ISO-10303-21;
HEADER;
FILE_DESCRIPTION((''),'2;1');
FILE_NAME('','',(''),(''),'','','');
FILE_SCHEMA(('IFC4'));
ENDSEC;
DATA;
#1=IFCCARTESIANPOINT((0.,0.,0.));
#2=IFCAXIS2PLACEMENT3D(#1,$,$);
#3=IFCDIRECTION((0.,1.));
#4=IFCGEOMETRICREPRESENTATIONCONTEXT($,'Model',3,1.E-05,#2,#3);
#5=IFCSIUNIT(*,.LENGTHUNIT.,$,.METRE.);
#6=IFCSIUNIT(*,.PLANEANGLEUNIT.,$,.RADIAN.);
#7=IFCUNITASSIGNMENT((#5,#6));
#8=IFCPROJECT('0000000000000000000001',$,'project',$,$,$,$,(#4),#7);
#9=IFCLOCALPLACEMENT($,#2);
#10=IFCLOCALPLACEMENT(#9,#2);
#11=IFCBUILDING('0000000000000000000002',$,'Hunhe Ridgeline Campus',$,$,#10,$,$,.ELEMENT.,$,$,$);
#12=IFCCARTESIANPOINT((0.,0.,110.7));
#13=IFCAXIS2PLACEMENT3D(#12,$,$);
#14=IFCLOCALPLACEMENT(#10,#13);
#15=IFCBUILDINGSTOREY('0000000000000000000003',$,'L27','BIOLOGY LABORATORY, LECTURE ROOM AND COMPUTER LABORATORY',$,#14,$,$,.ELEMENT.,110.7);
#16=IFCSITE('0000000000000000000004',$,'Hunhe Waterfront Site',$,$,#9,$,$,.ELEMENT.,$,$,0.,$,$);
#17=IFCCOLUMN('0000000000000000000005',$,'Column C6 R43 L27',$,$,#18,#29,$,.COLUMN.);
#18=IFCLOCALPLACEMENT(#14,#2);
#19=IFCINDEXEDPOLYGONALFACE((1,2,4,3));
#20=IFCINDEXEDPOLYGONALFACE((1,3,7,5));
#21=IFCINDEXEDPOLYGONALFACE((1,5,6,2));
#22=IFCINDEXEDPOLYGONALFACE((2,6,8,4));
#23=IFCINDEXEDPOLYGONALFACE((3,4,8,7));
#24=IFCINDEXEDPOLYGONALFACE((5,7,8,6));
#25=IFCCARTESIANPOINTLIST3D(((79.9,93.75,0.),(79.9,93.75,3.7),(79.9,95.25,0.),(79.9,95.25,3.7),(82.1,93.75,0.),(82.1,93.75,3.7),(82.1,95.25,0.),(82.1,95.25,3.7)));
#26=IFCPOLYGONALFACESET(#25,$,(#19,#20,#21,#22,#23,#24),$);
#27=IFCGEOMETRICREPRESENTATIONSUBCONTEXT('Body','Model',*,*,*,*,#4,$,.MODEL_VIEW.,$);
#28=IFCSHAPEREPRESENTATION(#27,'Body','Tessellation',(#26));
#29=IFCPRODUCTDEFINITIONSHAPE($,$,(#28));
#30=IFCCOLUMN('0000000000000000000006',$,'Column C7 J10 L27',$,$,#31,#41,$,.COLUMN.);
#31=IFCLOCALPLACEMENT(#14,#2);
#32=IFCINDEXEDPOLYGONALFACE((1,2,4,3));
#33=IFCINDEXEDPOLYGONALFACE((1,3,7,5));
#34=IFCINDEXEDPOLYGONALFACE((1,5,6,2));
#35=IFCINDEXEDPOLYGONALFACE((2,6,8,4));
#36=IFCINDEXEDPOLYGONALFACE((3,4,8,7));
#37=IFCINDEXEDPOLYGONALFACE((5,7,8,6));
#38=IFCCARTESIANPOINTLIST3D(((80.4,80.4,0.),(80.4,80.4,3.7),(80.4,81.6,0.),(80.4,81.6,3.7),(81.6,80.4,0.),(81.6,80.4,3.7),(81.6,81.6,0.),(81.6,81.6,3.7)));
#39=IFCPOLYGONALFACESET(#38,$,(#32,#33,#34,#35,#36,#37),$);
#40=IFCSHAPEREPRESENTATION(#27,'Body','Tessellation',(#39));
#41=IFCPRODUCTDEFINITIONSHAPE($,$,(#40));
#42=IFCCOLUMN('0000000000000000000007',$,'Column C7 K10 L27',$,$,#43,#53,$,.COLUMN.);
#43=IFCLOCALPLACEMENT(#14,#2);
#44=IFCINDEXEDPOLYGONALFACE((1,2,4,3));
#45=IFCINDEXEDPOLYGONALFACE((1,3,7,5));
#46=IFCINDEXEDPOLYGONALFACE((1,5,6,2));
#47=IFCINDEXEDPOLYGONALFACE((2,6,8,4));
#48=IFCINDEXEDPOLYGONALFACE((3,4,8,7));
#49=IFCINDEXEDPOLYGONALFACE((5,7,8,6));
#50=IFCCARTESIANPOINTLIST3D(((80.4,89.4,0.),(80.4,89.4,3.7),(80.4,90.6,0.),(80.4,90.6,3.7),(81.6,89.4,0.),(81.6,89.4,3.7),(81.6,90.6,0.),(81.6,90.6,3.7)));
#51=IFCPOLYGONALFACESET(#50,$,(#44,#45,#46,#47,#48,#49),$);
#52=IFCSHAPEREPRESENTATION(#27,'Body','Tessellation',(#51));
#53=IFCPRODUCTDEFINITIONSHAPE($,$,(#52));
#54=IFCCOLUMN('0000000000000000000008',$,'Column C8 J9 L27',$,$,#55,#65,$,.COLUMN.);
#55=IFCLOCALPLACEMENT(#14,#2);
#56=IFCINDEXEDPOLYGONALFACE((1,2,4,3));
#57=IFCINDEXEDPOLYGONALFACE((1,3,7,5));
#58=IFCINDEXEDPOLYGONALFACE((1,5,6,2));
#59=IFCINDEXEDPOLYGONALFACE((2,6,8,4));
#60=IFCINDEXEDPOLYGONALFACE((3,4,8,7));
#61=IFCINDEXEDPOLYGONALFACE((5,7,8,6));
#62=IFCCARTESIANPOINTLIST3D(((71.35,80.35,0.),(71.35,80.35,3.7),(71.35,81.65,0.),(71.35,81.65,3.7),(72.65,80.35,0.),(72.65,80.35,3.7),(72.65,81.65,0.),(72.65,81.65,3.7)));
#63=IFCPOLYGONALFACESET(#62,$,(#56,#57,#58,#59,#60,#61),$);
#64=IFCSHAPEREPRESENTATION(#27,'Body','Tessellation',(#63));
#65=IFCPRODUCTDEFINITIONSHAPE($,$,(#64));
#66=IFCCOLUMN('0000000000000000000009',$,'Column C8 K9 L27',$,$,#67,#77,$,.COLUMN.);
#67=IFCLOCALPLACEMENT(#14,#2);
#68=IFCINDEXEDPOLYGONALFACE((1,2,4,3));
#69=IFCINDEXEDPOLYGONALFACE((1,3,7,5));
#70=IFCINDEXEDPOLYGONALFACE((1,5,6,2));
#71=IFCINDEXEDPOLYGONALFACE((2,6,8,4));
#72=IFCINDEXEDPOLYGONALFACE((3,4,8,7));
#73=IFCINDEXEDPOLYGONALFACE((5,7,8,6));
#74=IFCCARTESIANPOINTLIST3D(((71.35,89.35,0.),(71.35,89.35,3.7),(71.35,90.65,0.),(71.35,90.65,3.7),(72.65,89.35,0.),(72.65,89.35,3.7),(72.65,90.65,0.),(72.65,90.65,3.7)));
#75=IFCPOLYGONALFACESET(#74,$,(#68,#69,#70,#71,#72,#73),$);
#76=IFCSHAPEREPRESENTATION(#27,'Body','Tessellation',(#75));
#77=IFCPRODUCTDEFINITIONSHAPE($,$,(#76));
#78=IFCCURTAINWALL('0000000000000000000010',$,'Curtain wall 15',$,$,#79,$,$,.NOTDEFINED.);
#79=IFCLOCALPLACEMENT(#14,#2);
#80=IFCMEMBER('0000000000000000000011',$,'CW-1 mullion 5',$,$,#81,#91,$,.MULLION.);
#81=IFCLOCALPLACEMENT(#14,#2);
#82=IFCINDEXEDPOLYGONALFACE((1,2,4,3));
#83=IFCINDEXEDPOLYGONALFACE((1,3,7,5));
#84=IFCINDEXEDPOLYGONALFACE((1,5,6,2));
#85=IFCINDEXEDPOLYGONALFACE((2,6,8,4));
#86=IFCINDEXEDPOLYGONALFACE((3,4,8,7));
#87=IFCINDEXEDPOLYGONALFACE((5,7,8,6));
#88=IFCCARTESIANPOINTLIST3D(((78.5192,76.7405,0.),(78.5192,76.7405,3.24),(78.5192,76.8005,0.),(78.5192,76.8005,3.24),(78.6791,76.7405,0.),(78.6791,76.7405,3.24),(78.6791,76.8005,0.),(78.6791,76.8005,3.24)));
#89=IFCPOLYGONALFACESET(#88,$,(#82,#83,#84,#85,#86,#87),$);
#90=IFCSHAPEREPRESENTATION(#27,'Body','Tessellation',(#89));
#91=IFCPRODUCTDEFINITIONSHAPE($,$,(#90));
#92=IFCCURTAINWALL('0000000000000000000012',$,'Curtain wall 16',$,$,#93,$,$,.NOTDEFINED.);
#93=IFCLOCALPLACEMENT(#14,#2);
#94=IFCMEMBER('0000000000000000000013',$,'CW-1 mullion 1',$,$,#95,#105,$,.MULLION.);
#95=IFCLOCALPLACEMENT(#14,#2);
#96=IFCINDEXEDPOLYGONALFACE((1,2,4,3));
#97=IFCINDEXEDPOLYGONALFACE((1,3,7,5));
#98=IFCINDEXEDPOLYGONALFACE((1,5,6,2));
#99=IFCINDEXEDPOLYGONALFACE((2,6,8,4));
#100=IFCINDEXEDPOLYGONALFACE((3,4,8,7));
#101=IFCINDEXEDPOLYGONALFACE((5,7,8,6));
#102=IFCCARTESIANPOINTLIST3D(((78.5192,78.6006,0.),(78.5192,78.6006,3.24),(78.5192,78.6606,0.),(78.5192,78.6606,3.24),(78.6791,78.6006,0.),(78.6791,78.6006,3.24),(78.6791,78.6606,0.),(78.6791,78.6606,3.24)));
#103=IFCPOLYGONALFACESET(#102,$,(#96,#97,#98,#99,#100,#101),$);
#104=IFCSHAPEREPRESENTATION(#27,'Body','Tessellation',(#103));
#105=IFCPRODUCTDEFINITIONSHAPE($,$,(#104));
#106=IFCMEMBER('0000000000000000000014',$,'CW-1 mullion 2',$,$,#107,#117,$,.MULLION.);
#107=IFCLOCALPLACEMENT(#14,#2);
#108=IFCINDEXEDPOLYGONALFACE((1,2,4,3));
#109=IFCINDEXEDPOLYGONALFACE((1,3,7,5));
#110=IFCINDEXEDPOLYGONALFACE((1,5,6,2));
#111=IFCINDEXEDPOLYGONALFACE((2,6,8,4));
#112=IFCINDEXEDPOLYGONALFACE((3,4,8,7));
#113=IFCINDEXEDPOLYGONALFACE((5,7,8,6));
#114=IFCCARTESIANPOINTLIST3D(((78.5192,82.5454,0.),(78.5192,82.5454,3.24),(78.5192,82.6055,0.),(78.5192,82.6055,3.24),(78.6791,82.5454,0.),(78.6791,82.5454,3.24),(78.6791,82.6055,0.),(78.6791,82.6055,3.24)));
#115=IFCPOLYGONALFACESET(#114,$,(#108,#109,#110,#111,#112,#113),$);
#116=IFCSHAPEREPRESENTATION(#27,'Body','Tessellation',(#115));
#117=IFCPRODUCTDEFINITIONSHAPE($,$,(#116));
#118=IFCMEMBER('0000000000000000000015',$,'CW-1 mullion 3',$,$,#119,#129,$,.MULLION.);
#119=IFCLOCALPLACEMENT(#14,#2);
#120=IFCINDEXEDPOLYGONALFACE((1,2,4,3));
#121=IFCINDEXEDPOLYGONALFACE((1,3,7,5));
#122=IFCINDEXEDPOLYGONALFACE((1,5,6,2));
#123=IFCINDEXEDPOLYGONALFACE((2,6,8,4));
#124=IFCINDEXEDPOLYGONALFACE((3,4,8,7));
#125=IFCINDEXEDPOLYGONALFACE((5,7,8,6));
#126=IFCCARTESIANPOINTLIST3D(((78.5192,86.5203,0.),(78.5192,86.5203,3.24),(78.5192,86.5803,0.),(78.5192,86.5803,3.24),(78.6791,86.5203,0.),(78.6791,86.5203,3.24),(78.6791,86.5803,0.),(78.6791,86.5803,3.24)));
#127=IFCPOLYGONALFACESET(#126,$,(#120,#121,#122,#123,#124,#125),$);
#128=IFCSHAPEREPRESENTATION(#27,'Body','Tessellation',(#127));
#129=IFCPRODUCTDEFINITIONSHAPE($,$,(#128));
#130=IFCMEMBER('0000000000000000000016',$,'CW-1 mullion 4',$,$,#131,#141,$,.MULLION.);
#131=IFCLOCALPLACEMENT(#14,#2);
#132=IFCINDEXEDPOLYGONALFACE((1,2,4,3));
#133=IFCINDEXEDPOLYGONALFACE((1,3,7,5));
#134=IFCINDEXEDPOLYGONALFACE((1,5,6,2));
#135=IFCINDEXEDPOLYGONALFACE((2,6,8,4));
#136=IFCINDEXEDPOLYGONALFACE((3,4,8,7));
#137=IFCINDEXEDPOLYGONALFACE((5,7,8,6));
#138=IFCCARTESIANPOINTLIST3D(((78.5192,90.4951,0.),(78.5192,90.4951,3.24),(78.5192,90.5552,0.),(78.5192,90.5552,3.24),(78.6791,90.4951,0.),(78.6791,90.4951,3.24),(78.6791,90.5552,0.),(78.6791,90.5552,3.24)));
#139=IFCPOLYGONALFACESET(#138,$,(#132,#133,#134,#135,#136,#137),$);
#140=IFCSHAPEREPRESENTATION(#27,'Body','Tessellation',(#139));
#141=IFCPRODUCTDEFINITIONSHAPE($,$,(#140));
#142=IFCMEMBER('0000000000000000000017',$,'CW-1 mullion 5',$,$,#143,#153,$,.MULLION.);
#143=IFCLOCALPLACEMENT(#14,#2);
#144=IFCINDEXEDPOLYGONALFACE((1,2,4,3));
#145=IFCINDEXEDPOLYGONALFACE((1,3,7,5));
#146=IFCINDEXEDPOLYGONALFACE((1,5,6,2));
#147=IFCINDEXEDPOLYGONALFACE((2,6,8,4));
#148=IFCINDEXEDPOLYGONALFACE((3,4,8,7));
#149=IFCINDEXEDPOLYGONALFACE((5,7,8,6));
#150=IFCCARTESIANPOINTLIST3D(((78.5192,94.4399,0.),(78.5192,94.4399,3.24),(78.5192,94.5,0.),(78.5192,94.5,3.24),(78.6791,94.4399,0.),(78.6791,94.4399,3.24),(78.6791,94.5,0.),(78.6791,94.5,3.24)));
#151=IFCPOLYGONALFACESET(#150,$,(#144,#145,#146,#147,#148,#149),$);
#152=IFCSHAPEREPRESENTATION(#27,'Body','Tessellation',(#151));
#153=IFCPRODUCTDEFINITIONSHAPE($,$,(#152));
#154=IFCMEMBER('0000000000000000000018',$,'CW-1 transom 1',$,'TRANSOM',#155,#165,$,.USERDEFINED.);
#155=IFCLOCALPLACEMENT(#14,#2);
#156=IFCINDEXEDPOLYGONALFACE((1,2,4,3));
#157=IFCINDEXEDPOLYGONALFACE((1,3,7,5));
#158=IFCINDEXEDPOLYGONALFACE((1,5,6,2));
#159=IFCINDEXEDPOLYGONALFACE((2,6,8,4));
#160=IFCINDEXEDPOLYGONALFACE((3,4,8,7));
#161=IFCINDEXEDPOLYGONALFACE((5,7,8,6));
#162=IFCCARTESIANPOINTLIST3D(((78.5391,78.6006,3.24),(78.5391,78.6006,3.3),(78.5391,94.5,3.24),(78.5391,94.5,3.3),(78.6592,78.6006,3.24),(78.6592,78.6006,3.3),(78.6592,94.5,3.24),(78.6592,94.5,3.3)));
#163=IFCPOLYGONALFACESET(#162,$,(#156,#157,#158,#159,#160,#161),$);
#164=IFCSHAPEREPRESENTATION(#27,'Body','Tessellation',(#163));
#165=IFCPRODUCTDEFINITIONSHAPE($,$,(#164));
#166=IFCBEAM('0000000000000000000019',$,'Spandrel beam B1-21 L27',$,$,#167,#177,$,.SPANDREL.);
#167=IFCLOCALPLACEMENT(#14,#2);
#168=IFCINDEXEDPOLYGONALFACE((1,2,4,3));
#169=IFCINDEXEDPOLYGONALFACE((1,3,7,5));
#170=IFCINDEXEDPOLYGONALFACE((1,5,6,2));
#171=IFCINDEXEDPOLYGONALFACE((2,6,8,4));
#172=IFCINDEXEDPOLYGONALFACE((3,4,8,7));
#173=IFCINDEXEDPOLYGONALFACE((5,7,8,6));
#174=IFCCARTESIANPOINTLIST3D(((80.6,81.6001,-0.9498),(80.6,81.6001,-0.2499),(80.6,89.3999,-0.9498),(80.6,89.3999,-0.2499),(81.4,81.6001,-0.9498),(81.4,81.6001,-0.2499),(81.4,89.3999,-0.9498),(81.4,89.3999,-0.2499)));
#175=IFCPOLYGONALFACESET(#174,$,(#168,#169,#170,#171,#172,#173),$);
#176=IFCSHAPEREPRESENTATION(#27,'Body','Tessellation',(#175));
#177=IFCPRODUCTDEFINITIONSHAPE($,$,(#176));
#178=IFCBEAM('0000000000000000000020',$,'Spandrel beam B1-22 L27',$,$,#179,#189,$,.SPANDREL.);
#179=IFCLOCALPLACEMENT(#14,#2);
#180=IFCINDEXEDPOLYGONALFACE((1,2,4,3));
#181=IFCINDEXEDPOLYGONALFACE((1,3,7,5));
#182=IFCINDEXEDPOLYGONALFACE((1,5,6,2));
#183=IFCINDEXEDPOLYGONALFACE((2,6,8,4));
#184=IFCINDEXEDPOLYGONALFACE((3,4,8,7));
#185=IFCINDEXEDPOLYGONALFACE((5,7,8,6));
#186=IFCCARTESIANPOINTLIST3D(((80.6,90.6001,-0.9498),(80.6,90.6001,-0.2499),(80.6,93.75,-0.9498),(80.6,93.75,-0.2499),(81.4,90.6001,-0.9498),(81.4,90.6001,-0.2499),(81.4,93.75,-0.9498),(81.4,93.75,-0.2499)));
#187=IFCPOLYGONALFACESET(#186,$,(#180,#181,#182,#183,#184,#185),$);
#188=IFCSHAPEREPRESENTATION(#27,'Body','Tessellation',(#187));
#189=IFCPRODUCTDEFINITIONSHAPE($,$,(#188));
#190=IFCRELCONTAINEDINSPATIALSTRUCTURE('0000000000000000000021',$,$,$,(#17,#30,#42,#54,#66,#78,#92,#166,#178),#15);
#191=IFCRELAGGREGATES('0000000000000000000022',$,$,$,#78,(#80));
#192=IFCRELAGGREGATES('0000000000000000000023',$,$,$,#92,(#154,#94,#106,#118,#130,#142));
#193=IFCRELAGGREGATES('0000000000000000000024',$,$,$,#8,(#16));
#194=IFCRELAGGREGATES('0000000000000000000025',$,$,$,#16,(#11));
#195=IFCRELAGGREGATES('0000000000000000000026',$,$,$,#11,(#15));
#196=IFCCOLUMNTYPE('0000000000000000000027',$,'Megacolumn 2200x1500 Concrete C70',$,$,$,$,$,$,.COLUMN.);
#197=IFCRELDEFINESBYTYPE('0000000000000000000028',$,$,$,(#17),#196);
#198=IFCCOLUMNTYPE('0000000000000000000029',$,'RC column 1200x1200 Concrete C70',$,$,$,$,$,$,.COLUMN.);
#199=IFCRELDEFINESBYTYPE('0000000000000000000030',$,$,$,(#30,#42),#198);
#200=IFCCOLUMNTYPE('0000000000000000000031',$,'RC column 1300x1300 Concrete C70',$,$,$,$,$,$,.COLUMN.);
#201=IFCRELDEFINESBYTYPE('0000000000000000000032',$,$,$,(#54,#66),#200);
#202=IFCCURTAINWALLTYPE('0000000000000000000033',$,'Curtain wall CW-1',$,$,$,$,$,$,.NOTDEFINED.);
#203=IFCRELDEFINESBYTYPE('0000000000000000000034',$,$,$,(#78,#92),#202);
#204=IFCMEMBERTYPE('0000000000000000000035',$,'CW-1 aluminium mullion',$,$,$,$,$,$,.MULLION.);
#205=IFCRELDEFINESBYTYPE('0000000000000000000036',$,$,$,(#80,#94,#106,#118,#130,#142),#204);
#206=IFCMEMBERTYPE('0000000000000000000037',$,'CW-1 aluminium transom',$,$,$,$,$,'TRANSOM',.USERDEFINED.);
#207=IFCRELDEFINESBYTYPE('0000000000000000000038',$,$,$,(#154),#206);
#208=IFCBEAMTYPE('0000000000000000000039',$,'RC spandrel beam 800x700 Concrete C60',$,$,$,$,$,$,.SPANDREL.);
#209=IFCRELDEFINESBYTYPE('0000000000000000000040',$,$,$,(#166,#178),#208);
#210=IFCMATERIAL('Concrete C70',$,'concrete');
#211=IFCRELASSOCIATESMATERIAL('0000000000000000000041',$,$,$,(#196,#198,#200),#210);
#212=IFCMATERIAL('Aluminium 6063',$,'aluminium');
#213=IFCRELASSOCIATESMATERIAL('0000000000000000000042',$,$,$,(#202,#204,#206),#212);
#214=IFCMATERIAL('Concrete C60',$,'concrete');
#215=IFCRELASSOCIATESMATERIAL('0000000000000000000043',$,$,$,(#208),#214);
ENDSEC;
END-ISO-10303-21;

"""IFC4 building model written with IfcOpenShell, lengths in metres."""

from ifc_helpers import new_model, si_unit, direction, frame, origin, origin_2d, place, context, subcontext, project, spatial, rectangle, extrude, material, material_profile, profile_set, type_object, element, aggregate, save


model = new_model("IFC4")

# Units and contexts
model_context = context("Model", 3, precision=1e-05, world=origin(), true_north=direction((0.0, 1.0)))
body_context = subcontext(model_context, "Body", "Model", "MODEL_VIEW")
ifc_project = project(units=[si_unit("LENGTHUNIT", "METRE"), si_unit("PLANEANGLEUNIT", "RADIAN")], contexts=[model_context])

# Site, building, storey
site_placement = place(None, origin())
site = spatial("IfcSite", under=ifc_project, at=site_placement, Name="Hunhe Waterfront Site", CompositionType="ELEMENT", RefElevation=0.0)
building_placement = place(site_placement, origin())
building = spatial("IfcBuilding", under=site, at=building_placement, Name="Hunhe Ridgeline Campus", CompositionType="ELEMENT")
storey_placement = place(building_placement, frame((0.0, 0.0, 110.7)))
storey = spatial("IfcBuildingStorey", under=building, at=storey_placement, Name="L27", Description="BIOLOGY LABORATORY, LECTURE ROOM AND COMPUTER LABORATORY", CompositionType="ELEMENT", Elevation=110.7)

# Columns
ifc_material_1 = material(Name="Concrete C70", Category="concrete")
ifc_material_profile_1 = material_profile(ifc_material_1, rectangle(XDim=2.2, YDim=1.5, at=origin_2d()))
ifc_profile_set_1 = profile_set([ifc_material_profile_1], Name="Concrete C70")
column_type_1 = type_object("IfcColumnType", Name="Megacolumn 2200x1500 Concrete C70", PredefinedType="COLUMN", material=ifc_profile_set_1)
column_placement = place(storey_placement, frame((81.0, 94.5, 0.0), z_axis=(0.0, 0.0, 1.0), x_axis=(1.0, 0.0, 0.0)))
element("IfcColumn", 1, at=column_placement, inside=storey, type_object=column_type_1, Name="Column C6 R43 L27", PredefinedType="COLUMN", context=body_context, shape_type="SweptSolid", body=[
    extrude(rectangle(XDim=2.2, YDim=1.5, at=origin_2d()), origin(), (0.0, 0.0, 1.0), 3.7),
])
ifc_material_profile_2 = material_profile(ifc_material_1, rectangle(XDim=1.2, YDim=1.2, at=origin_2d()))
ifc_profile_set_2 = profile_set([ifc_material_profile_2], Name="Concrete C70")
column_type_2 = type_object("IfcColumnType", Name="RC column 1200x1200 Concrete C70", PredefinedType="COLUMN", material=ifc_profile_set_2)
for number, where, z_axis, x_axis, name in (
    (2, (81.0, 81.0, 0.0), (0.0, 0.0, 1.0), (1.0, 0.0, 0.0), "Column C7 J10 L27"),
    (3, (81.0, 90.0, 0.0), (0.0, 0.0, 1.0), (1.0, 0.0, 0.0), "Column C7 K10 L27"),
):
    element("IfcColumn", number, at=place(storey_placement, frame(where, z_axis=z_axis, x_axis=x_axis)), inside=storey, type_object=column_type_2, Name=name, PredefinedType="COLUMN", context=body_context, shape_type="SweptSolid", body=[
        extrude(rectangle(XDim=1.2, YDim=1.2, at=origin_2d()), origin(), (0.0, 0.0, 1.0), 3.7),
    ])
ifc_material_profile_3 = material_profile(ifc_material_1, rectangle(XDim=1.3, YDim=1.3, at=origin_2d()))
ifc_profile_set_3 = profile_set([ifc_material_profile_3], Name="Concrete C70")
column_type_3 = type_object("IfcColumnType", Name="RC column 1300x1300 Concrete C70", PredefinedType="COLUMN", material=ifc_profile_set_3)
for number, where, z_axis, x_axis, name in (
    (4, (72.0, 81.0, 0.0), (0.0, 0.0, 1.0), (1.0, 0.0, 0.0), "Column C8 J9 L27"),
    (5, (72.0, 90.0, 0.0), (0.0, 0.0, 1.0), (1.0, 0.0, 0.0), "Column C8 K9 L27"),
):
    element("IfcColumn", number, at=place(storey_placement, frame(where, z_axis=z_axis, x_axis=x_axis)), inside=storey, type_object=column_type_3, Name=name, PredefinedType="COLUMN", context=body_context, shape_type="SweptSolid", body=[
        extrude(rectangle(XDim=1.3, YDim=1.3, at=origin_2d()), origin(), (0.0, 0.0, 1.0), 3.7),
    ])

# Curtain wall, member
ifc_material_2 = material(Name="Aluminium 6063", Category="aluminium")
curtain_wall_type = type_object("IfcCurtainWallType", Name="Curtain wall CW-1", PredefinedType="NOTDEFINED", material=ifc_material_2)
curtain_wall_1_placement = place(storey_placement, origin())
curtain_wall_1 = element("IfcCurtainWall", 6, at=curtain_wall_1_placement, inside=storey, type_object=curtain_wall_type, Name="Curtain wall 15", PredefinedType="NOTDEFINED")
ifc_material_profile_4 = material_profile(ifc_material_2, rectangle(XDim=0.1599, YDim=0.0601, at=origin_2d()))
ifc_profile_set_4 = profile_set([ifc_material_profile_4], Name="Aluminium 6063")
member_type_1 = type_object("IfcMemberType", Name="CW-1 aluminium mullion", PredefinedType="MULLION", material=ifc_profile_set_4)
member_1_placement = place(storey_placement, frame((78.5991, 76.7705, 0.0), z_axis=(0.0, 0.0, 1.0), x_axis=(-1.0, 0.0, 0.0)))
member_1 = element("IfcMember", 7, at=member_1_placement, type_object=member_type_1, Name="CW-1 mullion 5", PredefinedType="MULLION", context=body_context, shape_type="SweptSolid", body=[
    extrude(rectangle(XDim=0.1599, YDim=0.0601, at=origin_2d()), origin(), (0.0, 0.0, 1.0), 3.24),
])

# Curtain wall, members
curtain_wall_2_placement = place(storey_placement, origin())
curtain_wall_2 = element("IfcCurtainWall", 8, at=curtain_wall_2_placement, inside=storey, type_object=curtain_wall_type, Name="Curtain wall 16", PredefinedType="NOTDEFINED")
member_2_placement = place(storey_placement, frame((78.5991, 78.6306, 0.0), z_axis=(0.0, 0.0, 1.0), x_axis=(-1.0, 0.0, 0.0)))
member_2 = element("IfcMember", 9, at=member_2_placement, type_object=member_type_1, Name="CW-1 mullion 1", PredefinedType="MULLION", context=body_context, shape_type="SweptSolid", body=[
    extrude(rectangle(XDim=0.1599, YDim=0.0601, at=origin_2d()), origin(), (0.0, 0.0, 1.0), 3.24),
])
member_3_placement = place(storey_placement, frame((78.5991, 82.5754, 0.0), z_axis=(0.0, 0.0, 1.0), x_axis=(-1.0, 0.0, 0.0)))
member_3 = element("IfcMember", 10, at=member_3_placement, type_object=member_type_1, Name="CW-1 mullion 2", PredefinedType="MULLION", context=body_context, shape_type="SweptSolid", body=[
    extrude(rectangle(XDim=0.1599, YDim=0.0601, at=origin_2d()), origin(), (0.0, 0.0, 1.0), 3.24),
])
member_4_placement = place(storey_placement, frame((78.5991, 86.5503, 0.0), z_axis=(0.0, 0.0, 1.0), x_axis=(-1.0, 0.0, 0.0)))
member_4 = element("IfcMember", 11, at=member_4_placement, type_object=member_type_1, Name="CW-1 mullion 3", PredefinedType="MULLION", context=body_context, shape_type="SweptSolid", body=[
    extrude(rectangle(XDim=0.1599, YDim=0.0601, at=origin_2d()), origin(), (0.0, 0.0, 1.0), 3.24),
])
member_5_placement = place(storey_placement, frame((78.5991, 90.5251, 0.0), z_axis=(0.0, 0.0, 1.0), x_axis=(-1.0, 0.0, 0.0)))
member_5 = element("IfcMember", 12, at=member_5_placement, type_object=member_type_1, Name="CW-1 mullion 4", PredefinedType="MULLION", context=body_context, shape_type="SweptSolid", body=[
    extrude(rectangle(XDim=0.1599, YDim=0.0601, at=origin_2d()), origin(), (0.0, 0.0, 1.0), 3.24),
])
member_6_placement = place(storey_placement, frame((78.5991, 94.47, 0.0), z_axis=(0.0, 0.0, 1.0), x_axis=(-1.0, 0.0, 0.0)))
member_6 = element("IfcMember", 13, at=member_6_placement, type_object=member_type_1, Name="CW-1 mullion 5", PredefinedType="MULLION", context=body_context, shape_type="SweptSolid", body=[
    extrude(rectangle(XDim=0.1599, YDim=0.0601, at=origin_2d()), origin(), (0.0, 0.0, 1.0), 3.24),
])
ifc_material_profile_5 = material_profile(ifc_material_2, rectangle(XDim=0.1201, YDim=0.0601, at=origin_2d()))
ifc_profile_set_5 = profile_set([ifc_material_profile_5], Name="Aluminium 6063")
member_type_2 = type_object("IfcMemberType", Name="CW-1 aluminium transom", ElementType="TRANSOM", PredefinedType="USERDEFINED", material=ifc_profile_set_5)
member_7_placement = place(storey_placement, frame((78.5991, 78.6006, 3.27), z_axis=(0.0, 1.0, 0.0), x_axis=(-1.0, 0.0, 0.0)))
member_7 = element("IfcMember", 14, at=member_7_placement, type_object=member_type_2, Name="CW-1 transom 1", ObjectType="TRANSOM", PredefinedType="USERDEFINED", context=body_context, shape_type="SweptSolid", body=[
    extrude(rectangle(XDim=0.1201, YDim=0.0601, at=origin_2d()), origin(), (0.0, 0.0, 1.0), 15.8994),
])

# Beams
ifc_material_3 = material(Name="Concrete C60", Category="concrete")
ifc_material_profile_6 = material_profile(ifc_material_3, rectangle(XDim=0.8, YDim=0.7, at=origin_2d()))
ifc_profile_set_6 = profile_set([ifc_material_profile_6], Name="Concrete C60")
beam_type = type_object("IfcBeamType", Name="RC spandrel beam 800x700 Concrete C60", PredefinedType="SPANDREL", material=ifc_profile_set_6)
beam_1_placement = place(storey_placement, frame((81.0, 81.6001, -0.5999), z_axis=(0.0, 1.0, 0.0), x_axis=(-1.0, 0.0, 0.0)))
element("IfcBeam", 15, at=beam_1_placement, inside=storey, type_object=beam_type, Name="Spandrel beam B1-21 L27", PredefinedType="SPANDREL", context=body_context, shape_type="SweptSolid", body=[
    extrude(rectangle(XDim=0.8, YDim=0.7, at=origin_2d()), origin(), (0.0, 0.0, 1.0), 7.7998),
])
beam_2_placement = place(storey_placement, frame((81.0, 90.6001, -0.5999), z_axis=(0.0, 1.0, 0.0), x_axis=(-1.0, 0.0, 0.0)))
element("IfcBeam", 16, at=beam_2_placement, inside=storey, type_object=beam_type, Name="Spandrel beam B1-22 L27", PredefinedType="SPANDREL", context=body_context, shape_type="SweptSolid", body=[
    extrude(rectangle(XDim=0.8, YDim=0.7, at=origin_2d()), origin(), (0.0, 0.0, 1.0), 3.1499),
])

aggregate(curtain_wall_1, [member_1])
aggregate(curtain_wall_2, [member_7, member_2, member_3, member_4, member_5, member_6])

save(model, "model.ifc")
